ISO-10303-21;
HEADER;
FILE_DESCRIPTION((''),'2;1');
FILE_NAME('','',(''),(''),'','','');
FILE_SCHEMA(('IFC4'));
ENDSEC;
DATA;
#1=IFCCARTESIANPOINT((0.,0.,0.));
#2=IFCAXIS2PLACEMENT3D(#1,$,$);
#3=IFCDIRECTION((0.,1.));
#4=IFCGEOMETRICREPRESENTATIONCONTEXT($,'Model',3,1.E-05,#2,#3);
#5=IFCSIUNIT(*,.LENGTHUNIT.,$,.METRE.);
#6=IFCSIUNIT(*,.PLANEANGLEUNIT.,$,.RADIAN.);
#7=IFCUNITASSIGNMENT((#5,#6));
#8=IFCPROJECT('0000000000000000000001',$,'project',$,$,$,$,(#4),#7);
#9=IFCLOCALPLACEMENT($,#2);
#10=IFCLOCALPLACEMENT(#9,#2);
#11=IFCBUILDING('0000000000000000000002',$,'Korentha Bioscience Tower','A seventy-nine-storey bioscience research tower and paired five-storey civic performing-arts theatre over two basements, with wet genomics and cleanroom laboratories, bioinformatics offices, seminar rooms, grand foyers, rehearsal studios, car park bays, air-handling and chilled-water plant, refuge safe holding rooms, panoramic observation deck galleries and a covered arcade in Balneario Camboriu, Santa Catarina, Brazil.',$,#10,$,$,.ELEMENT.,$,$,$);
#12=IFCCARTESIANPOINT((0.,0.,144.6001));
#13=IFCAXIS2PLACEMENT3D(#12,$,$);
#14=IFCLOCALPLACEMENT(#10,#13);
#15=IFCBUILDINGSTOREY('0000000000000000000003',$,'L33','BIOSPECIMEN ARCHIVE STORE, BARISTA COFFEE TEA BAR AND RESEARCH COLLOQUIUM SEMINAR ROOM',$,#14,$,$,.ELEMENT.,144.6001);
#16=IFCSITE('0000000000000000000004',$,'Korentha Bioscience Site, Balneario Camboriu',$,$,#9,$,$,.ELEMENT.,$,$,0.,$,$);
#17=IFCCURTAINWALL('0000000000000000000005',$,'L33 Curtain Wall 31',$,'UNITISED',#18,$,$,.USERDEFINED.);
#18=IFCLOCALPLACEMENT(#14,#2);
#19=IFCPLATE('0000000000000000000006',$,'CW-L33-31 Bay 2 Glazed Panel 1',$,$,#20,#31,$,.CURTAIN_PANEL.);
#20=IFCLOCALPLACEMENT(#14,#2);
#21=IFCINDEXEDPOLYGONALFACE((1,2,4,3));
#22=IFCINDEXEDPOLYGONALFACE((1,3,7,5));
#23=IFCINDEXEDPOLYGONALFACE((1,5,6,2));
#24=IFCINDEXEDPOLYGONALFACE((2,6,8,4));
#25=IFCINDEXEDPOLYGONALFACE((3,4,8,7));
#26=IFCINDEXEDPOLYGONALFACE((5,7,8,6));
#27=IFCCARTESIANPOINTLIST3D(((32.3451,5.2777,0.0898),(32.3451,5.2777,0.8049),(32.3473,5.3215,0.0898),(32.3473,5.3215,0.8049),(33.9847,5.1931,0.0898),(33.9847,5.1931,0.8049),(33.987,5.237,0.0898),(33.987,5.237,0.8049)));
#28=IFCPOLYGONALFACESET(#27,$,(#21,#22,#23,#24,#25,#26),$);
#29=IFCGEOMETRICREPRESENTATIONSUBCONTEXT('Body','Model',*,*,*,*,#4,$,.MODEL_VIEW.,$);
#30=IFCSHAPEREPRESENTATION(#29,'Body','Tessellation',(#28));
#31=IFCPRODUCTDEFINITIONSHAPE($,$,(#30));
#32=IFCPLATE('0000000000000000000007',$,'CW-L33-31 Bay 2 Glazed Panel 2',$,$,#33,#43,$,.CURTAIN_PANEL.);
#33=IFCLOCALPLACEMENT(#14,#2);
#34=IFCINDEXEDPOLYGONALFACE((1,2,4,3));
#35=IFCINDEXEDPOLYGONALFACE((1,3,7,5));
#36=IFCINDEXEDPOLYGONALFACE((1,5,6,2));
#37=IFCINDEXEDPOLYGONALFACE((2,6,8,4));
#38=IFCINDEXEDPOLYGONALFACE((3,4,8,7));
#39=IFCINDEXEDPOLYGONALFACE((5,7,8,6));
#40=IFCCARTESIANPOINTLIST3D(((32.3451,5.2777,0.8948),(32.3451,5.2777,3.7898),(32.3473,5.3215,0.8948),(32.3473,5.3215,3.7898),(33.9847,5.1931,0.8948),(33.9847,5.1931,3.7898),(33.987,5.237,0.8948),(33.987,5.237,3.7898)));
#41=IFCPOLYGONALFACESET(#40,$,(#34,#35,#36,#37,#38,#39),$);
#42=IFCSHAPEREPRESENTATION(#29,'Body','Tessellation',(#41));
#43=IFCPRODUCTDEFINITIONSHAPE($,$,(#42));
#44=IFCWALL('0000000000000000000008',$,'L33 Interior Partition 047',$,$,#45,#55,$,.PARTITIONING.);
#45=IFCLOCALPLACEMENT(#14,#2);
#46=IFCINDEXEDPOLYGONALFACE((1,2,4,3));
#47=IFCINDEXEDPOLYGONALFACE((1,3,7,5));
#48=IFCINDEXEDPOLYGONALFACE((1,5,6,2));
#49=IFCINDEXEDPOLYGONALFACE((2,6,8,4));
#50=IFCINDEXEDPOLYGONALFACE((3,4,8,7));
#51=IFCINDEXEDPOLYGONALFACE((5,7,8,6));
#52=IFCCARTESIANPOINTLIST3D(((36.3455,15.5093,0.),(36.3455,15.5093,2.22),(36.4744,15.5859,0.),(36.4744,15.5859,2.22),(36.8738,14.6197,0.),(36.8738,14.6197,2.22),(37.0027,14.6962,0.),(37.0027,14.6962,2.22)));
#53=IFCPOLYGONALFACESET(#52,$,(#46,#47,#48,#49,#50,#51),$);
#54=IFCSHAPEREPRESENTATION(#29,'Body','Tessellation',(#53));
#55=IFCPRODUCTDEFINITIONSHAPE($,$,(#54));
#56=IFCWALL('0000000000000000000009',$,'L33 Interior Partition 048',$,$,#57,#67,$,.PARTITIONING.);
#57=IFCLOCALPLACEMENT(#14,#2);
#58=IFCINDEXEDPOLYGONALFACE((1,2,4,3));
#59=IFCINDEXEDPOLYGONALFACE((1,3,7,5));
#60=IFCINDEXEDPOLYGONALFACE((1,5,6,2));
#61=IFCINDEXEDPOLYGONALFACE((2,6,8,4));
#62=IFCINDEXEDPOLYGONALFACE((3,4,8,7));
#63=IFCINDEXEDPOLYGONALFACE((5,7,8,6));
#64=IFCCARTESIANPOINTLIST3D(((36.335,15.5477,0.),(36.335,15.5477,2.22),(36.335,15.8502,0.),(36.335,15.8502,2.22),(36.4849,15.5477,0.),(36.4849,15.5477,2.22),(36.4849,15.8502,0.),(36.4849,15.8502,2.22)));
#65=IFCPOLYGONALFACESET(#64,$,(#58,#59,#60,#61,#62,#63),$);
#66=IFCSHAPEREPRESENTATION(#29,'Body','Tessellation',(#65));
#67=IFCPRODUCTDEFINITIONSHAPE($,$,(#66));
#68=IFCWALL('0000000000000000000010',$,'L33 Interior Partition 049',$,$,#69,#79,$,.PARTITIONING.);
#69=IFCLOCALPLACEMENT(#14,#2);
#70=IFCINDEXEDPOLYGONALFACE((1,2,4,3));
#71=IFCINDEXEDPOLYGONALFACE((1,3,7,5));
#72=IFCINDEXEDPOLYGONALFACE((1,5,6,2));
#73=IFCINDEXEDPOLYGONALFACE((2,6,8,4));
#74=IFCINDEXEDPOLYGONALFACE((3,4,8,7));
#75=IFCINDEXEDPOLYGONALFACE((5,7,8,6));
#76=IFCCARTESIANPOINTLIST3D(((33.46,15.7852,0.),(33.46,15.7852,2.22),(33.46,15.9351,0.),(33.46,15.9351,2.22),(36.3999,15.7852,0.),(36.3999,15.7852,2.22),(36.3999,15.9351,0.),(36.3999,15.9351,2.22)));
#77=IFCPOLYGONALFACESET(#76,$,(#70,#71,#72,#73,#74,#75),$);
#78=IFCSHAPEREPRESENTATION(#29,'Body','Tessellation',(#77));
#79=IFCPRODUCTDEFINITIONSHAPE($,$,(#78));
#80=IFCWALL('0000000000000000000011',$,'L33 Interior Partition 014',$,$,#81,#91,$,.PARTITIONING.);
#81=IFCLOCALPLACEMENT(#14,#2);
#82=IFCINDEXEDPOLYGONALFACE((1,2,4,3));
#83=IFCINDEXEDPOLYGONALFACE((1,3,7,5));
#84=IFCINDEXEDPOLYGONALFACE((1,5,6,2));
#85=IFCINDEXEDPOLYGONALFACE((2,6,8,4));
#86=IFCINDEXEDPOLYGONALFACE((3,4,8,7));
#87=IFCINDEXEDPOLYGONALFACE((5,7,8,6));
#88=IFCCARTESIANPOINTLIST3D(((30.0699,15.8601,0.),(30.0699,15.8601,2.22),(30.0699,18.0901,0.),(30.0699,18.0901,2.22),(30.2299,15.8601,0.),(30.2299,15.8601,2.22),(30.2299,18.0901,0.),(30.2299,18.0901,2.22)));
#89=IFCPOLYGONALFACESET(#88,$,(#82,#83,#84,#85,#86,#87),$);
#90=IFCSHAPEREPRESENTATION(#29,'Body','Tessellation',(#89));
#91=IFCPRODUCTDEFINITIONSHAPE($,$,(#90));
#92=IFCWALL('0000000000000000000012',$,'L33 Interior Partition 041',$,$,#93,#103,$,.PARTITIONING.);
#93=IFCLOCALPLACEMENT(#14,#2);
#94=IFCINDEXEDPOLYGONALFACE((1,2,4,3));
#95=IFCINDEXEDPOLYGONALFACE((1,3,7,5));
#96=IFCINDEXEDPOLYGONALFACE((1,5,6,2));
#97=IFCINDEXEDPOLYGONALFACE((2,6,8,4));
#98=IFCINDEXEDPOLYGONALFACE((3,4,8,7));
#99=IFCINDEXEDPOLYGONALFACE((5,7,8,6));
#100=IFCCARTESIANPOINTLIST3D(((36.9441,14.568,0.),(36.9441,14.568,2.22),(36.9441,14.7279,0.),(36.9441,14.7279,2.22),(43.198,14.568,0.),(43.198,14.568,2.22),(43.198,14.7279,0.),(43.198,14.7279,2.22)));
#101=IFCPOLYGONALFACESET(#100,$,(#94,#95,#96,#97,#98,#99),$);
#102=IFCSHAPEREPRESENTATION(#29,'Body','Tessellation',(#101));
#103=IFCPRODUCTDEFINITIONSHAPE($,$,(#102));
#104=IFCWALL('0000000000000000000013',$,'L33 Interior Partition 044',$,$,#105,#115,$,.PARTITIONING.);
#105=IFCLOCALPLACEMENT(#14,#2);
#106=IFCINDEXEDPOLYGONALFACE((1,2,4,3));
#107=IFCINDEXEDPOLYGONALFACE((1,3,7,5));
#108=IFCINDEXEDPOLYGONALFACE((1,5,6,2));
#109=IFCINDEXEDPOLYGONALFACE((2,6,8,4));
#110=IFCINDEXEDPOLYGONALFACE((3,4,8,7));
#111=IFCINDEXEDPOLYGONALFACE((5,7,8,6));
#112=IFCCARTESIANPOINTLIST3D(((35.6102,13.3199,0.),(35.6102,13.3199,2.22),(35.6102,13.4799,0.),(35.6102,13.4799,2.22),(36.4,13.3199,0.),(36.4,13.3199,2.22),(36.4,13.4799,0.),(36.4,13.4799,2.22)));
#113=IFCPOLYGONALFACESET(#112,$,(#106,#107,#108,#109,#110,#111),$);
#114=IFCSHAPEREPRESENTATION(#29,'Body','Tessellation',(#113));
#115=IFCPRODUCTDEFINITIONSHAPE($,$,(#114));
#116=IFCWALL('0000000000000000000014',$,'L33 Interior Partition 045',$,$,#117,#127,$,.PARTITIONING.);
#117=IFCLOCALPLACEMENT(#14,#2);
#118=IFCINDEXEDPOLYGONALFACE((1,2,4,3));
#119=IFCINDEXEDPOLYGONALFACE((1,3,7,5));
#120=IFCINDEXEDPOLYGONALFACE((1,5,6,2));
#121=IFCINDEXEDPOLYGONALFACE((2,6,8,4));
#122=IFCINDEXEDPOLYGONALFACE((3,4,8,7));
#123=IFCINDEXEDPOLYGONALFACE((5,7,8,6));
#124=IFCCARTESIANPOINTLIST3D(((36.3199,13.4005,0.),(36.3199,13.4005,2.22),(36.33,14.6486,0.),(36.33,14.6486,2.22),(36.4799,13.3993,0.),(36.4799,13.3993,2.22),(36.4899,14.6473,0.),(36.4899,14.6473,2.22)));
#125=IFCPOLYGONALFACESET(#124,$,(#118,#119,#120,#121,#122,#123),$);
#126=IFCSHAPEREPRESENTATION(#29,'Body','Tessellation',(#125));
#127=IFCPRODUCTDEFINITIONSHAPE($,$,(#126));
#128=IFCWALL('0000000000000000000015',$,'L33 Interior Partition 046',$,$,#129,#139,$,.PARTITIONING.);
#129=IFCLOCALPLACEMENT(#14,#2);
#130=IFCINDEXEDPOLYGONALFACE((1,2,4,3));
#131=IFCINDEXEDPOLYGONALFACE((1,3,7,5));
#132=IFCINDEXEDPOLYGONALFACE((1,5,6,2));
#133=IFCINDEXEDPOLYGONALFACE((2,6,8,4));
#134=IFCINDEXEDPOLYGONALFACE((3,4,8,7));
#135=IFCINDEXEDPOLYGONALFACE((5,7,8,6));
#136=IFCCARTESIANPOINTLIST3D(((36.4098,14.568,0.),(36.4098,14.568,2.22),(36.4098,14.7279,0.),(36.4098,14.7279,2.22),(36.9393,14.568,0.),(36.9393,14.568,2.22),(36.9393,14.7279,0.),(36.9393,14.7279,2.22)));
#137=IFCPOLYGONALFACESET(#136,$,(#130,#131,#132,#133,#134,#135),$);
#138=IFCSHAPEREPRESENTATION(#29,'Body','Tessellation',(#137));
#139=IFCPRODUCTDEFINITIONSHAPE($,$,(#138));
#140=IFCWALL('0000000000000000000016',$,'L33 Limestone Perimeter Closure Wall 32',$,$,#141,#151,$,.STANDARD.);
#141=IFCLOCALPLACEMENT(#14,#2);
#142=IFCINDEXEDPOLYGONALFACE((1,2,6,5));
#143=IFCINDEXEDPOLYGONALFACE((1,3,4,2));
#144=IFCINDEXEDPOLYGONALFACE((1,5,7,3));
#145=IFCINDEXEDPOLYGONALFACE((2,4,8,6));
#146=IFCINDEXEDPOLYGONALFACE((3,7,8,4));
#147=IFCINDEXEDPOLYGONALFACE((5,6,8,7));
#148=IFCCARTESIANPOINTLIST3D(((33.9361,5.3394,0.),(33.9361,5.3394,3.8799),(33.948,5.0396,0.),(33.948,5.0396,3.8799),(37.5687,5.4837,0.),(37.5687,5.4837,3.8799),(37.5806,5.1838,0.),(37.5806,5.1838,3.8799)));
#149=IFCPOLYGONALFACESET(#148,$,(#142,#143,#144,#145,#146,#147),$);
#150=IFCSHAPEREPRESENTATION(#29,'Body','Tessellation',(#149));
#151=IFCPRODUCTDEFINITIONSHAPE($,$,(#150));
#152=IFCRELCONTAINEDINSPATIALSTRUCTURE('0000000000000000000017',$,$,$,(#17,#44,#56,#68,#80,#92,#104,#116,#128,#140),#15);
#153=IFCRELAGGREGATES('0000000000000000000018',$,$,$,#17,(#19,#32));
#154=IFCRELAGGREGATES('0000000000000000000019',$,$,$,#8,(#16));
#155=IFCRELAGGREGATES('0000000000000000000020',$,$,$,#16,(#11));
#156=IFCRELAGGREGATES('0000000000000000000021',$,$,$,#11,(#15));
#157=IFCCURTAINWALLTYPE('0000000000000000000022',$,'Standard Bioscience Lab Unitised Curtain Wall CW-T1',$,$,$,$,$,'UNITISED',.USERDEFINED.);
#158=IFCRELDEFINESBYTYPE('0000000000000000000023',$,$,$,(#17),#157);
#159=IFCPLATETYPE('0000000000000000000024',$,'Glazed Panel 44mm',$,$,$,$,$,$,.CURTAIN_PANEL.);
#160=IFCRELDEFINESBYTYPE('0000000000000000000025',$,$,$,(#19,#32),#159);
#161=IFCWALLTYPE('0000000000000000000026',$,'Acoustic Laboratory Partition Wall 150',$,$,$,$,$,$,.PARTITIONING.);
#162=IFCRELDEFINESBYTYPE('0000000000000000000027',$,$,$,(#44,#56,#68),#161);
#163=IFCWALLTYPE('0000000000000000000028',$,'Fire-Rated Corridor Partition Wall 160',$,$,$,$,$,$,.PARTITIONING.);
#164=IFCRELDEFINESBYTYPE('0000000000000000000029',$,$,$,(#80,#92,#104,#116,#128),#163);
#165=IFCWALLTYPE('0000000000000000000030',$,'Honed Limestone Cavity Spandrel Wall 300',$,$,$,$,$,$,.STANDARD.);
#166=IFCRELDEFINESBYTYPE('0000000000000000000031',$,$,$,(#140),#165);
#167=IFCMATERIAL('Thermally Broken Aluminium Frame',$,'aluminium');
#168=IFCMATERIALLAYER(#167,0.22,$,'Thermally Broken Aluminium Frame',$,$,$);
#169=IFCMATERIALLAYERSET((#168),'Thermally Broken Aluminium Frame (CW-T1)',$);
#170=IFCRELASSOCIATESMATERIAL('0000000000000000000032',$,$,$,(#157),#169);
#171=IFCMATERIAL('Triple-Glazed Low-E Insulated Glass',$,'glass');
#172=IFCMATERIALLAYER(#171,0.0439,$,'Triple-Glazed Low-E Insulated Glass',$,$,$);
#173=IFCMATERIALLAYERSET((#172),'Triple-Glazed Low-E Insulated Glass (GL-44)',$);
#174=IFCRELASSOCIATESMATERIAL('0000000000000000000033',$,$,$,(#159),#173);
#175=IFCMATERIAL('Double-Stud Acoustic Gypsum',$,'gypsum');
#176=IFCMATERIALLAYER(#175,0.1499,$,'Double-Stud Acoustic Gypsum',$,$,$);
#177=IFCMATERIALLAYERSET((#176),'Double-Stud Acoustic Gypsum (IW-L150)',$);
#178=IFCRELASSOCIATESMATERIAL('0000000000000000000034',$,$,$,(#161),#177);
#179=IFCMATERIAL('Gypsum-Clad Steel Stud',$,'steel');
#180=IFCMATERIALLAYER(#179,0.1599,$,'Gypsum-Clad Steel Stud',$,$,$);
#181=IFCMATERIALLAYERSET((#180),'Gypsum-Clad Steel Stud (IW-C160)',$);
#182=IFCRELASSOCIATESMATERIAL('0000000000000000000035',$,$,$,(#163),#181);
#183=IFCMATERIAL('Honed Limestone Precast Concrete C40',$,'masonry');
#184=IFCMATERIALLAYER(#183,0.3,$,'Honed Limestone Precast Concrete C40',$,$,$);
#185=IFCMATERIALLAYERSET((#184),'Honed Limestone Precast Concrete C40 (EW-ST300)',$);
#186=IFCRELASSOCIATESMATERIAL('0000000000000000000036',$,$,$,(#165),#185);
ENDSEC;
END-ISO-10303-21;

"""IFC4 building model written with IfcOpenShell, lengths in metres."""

from ifc_helpers import new_model, si_unit, direction, frame, frame_2d, origin, origin_2d, place, context, subcontext, project, spatial, rectangle, extrude, material, layer, layer_set, type_object, element, aggregate, save


model = new_model("IFC4")

# Units and contexts
model_context = context("Model", 3, precision=1e-05, world=origin(), true_north=direction((0.0, 1.0)))
body_context = subcontext(model_context, "Body", "Model", "MODEL_VIEW")
ifc_project = project(units=[si_unit("LENGTHUNIT", "METRE"), si_unit("PLANEANGLEUNIT", "RADIAN")], contexts=[model_context])

# Site, building, storey
site_placement = place(None, origin())
site = spatial("IfcSite", under=ifc_project, at=site_placement, Name="Korentha Bioscience Site, Balneario Camboriu", CompositionType="ELEMENT", RefElevation=0.0)
building_placement = place(site_placement, origin())
building = spatial("IfcBuilding", under=site, at=building_placement, Name="Korentha Bioscience Tower", Description="A seventy-nine-storey bioscience research tower and paired five-storey civic performing-arts theatre over two basements, with wet genomics and cleanroom laboratories, bioinformatics offices, seminar rooms, grand foyers, rehearsal studios, car park bays, air-handling and chilled-water plant, refuge safe holding rooms, panoramic observation deck galleries and a covered arcade in Balneario Camboriu, Santa Catarina, Brazil.", CompositionType="ELEMENT")
storey_placement = place(building_placement, frame((0.0, 0.0, 144.6001)))
storey = spatial("IfcBuildingStorey", under=building, at=storey_placement, Name="L33", Description="BIOSPECIMEN ARCHIVE STORE, BARISTA COFFEE TEA BAR AND RESEARCH COLLOQUIUM SEMINAR ROOM", CompositionType="ELEMENT", Elevation=144.6001)

# Curtain wall, plates
ifc_material_1 = material(Name="Thermally Broken Aluminium Frame", Category="aluminium")
ifc_layer_1 = layer(ifc_material_1, 0.22, Name="Thermally Broken Aluminium Frame")
ifc_layer_set_1 = layer_set([ifc_layer_1], Name="Thermally Broken Aluminium Frame (CW-T1)")
curtain_wall_type = type_object("IfcCurtainWallType", Name="Standard Bioscience Lab Unitised Curtain Wall CW-T1", ElementType="UNITISED", PredefinedType="USERDEFINED", material=ifc_layer_set_1)
curtain_wall_placement = place(storey_placement, origin())
curtain_wall = element("IfcCurtainWall", 1, at=curtain_wall_placement, inside=storey, type_object=curtain_wall_type, Name="L33 Curtain Wall 31", ObjectType="UNITISED", PredefinedType="USERDEFINED")
ifc_material_2 = material(Name="Triple-Glazed Low-E Insulated Glass", Category="glass")
ifc_layer_2 = layer(ifc_material_2, 0.0439, Name="Triple-Glazed Low-E Insulated Glass")
ifc_layer_set_2 = layer_set([ifc_layer_2], Name="Triple-Glazed Low-E Insulated Glass (GL-44)")
plate_type = type_object("IfcPlateType", Name="Glazed Panel 44mm", PredefinedType="CURTAIN_PANEL", material=ifc_layer_set_2)
plate_1_placement = place(storey_placement, frame((33.166, 5.2573, 0.0898), z_axis=(0.0, 0.0, 1.0), x_axis=(0.998673, -0.051495, 0.0)))
plate_1 = element("IfcPlate", 2, at=plate_1_placement, type_object=plate_type, Name="CW-L33-31 Bay 2 Glazed Panel 1", PredefinedType="CURTAIN_PANEL", context=body_context, shape_type="SweptSolid", body=[
    extrude(rectangle(XDim=1.6418, YDim=0.0439, at=origin_2d()), origin(), (0.0, 0.0, 1.0), 0.7151),
])
plate_2_placement = place(storey_placement, frame((33.166, 5.2573, 0.8948), z_axis=(0.0, 0.0, 1.0), x_axis=(0.998673, -0.051495, 0.0)))
plate_2 = element("IfcPlate", 3, at=plate_2_placement, type_object=plate_type, Name="CW-L33-31 Bay 2 Glazed Panel 2", PredefinedType="CURTAIN_PANEL", context=body_context, shape_type="SweptSolid", body=[
    extrude(rectangle(XDim=1.6418, YDim=0.0439, at=origin_2d()), origin(), (0.0, 0.0, 1.0), 2.895),
])
aggregate(curtain_wall, [plate_1, plate_2])

# Walls
ifc_material_3 = material(Name="Double-Stud Acoustic Gypsum", Category="gypsum")
ifc_layer_3 = layer(ifc_material_3, 0.1499, Name="Double-Stud Acoustic Gypsum")
ifc_layer_set_3 = layer_set([ifc_layer_3], Name="Double-Stud Acoustic Gypsum (IW-L150)")
wall_type_1 = type_object("IfcWallType", Name="Acoustic Laboratory Partition Wall 150", PredefinedType="PARTITIONING", material=ifc_layer_set_3)
wall_1_placement = place(storey_placement, frame((36.9382, 14.658, 0.0), z_axis=(0.0, 0.0, 1.0), x_axis=(-0.510604, 0.859816, 0.0)))
element("IfcWall", 4, at=wall_1_placement, inside=storey, type_object=wall_type_1, Name="L33 Interior Partition 047", PredefinedType="PARTITIONING", context=body_context, shape_type="SweptSolid", body=[
    extrude(rectangle(XDim=1.0347, YDim=0.1499, at=frame_2d((0.5173, 0.0))), origin(), (0.0, 0.0, 1.0), 2.22),
])
wall_2_placement = place(storey_placement, frame((36.4099, 15.5476, 0.0), z_axis=(0.0, 0.0, 1.0), x_axis=(0.0, 1.0, 0.0)))
element("IfcWall", 5, at=wall_2_placement, inside=storey, type_object=wall_type_1, Name="L33 Interior Partition 048", PredefinedType="PARTITIONING", context=body_context, shape_type="SweptSolid", body=[
    extrude(rectangle(XDim=0.3025, YDim=0.1499, at=frame_2d((0.1514, 0.0))), origin(), (0.0, 0.0, 1.0), 2.22),
])
wall_3_placement = place(storey_placement, frame((36.3999, 15.8601, 0.0), z_axis=(0.0, 0.0, 1.0), x_axis=(-1.0, 0.0, 0.0)))
element("IfcWall", 6, at=wall_3_placement, inside=storey, type_object=wall_type_1, Name="L33 Interior Partition 049", PredefinedType="PARTITIONING", context=body_context, shape_type="SweptSolid", body=[
    extrude(rectangle(XDim=2.9399, YDim=0.1499, at=frame_2d((1.47, 0.0))), origin(), (0.0, 0.0, 1.0), 2.22),
])

# Shared definitions
ifc_material_4 = material(Name="Gypsum-Clad Steel Stud", Category="steel")
ifc_layer_4 = layer(ifc_material_4, 0.1599, Name="Gypsum-Clad Steel Stud")
ifc_layer_set_4 = layer_set([ifc_layer_4], Name="Gypsum-Clad Steel Stud (IW-C160)")
wall_type_2 = type_object("IfcWallType", Name="Fire-Rated Corridor Partition Wall 160", PredefinedType="PARTITIONING", material=ifc_layer_set_4)

# Walls
wall_4_placement = place(storey_placement, frame((30.1499, 15.8601, 0.0), z_axis=(0.0, 0.0, 1.0), x_axis=(0.0, 1.0, 0.0)))
element("IfcWall", 7, at=wall_4_placement, inside=storey, type_object=wall_type_2, Name="L33 Interior Partition 014", PredefinedType="PARTITIONING", context=body_context, shape_type="SweptSolid", body=[
    extrude(rectangle(XDim=2.23, YDim=0.1599, at=frame_2d((1.115, 0.0))), origin(), (0.0, 0.0, 1.0), 2.22),
])
wall_5_placement = place(storey_placement, frame((36.9441, 14.6479, 0.0), z_axis=(0.0, 0.0, 1.0), x_axis=(1.0, 0.0, 0.0)))
element("IfcWall", 8, at=wall_5_placement, inside=storey, type_object=wall_type_2, Name="L33 Interior Partition 041", PredefinedType="PARTITIONING", context=body_context, shape_type="SweptSolid", body=[
    extrude(rectangle(XDim=6.2539, YDim=0.1599, at=frame_2d((3.127, 0.0))), origin(), (0.0, 0.0, 1.0), 2.22),
])
wall_6_placement = place(storey_placement, frame((35.6101, 13.3999, 0.0), z_axis=(0.0, 0.0, 1.0), x_axis=(1.0, 0.0, 0.0)))
element("IfcWall", 9, at=wall_6_placement, inside=storey, type_object=wall_type_2, Name="L33 Interior Partition 044", PredefinedType="PARTITIONING", context=body_context, shape_type="SweptSolid", body=[
    extrude(rectangle(XDim=0.7898, YDim=0.1599, at=frame_2d((0.395, 0.0))), origin(), (0.0, 0.0, 1.0), 2.22),
])
wall_7_placement = place(storey_placement, frame((36.3999, 13.3999, 0.0), z_axis=(0.0, 0.0, 1.0), x_axis=(0.00802, 0.999968, 0.0)))
element("IfcWall", 10, at=wall_7_placement, inside=storey, type_object=wall_type_2, Name="L33 Interior Partition 045", PredefinedType="PARTITIONING", context=body_context, shape_type="SweptSolid", body=[
    extrude(rectangle(XDim=1.248, YDim=0.1599, at=frame_2d((0.624, 0.0))), origin(), (0.0, 0.0, 1.0), 2.22),
])
wall_8_placement = place(storey_placement, frame((36.4099, 14.6479, 0.0), z_axis=(0.0, 0.0, 1.0), x_axis=(1.0, 0.0, 0.0)))
element("IfcWall", 11, at=wall_8_placement, inside=storey, type_object=wall_type_2, Name="L33 Interior Partition 046", PredefinedType="PARTITIONING", context=body_context, shape_type="SweptSolid", body=[
    extrude(rectangle(XDim=0.5295, YDim=0.1599, at=frame_2d((0.2646, 0.0))), origin(), (0.0, 0.0, 1.0), 2.22),
])
ifc_material_5 = material(Name="Honed Limestone Precast Concrete C40", Category="masonry")
ifc_layer_5 = layer(ifc_material_5, 0.3, Name="Honed Limestone Precast Concrete C40")
ifc_layer_set_5 = layer_set([ifc_layer_5], Name="Honed Limestone Precast Concrete C40 (EW-ST300)")
wall_type_3 = type_object("IfcWallType", Name="Honed Limestone Cavity Spandrel Wall 300", PredefinedType="STANDARD", material=ifc_layer_set_5)
wall_9_placement = place(storey_placement, frame((33.9419, 5.1895, 0.0), z_axis=(0.0, 0.0, 1.0), x_axis=(0.999212, 0.039689, 0.0)))
element("IfcWall", 12, at=wall_9_placement, inside=storey, type_object=wall_type_3, Name="L33 Limestone Perimeter Closure Wall 32", PredefinedType="STANDARD", context=body_context, shape_type="SweptSolid", body=[
    extrude(rectangle(XDim=3.6355, YDim=0.3, at=frame_2d((1.8179, 0.0))), origin(), (0.0, 0.0, 1.0), 3.8799),
])

save(model, "model.ifc")
